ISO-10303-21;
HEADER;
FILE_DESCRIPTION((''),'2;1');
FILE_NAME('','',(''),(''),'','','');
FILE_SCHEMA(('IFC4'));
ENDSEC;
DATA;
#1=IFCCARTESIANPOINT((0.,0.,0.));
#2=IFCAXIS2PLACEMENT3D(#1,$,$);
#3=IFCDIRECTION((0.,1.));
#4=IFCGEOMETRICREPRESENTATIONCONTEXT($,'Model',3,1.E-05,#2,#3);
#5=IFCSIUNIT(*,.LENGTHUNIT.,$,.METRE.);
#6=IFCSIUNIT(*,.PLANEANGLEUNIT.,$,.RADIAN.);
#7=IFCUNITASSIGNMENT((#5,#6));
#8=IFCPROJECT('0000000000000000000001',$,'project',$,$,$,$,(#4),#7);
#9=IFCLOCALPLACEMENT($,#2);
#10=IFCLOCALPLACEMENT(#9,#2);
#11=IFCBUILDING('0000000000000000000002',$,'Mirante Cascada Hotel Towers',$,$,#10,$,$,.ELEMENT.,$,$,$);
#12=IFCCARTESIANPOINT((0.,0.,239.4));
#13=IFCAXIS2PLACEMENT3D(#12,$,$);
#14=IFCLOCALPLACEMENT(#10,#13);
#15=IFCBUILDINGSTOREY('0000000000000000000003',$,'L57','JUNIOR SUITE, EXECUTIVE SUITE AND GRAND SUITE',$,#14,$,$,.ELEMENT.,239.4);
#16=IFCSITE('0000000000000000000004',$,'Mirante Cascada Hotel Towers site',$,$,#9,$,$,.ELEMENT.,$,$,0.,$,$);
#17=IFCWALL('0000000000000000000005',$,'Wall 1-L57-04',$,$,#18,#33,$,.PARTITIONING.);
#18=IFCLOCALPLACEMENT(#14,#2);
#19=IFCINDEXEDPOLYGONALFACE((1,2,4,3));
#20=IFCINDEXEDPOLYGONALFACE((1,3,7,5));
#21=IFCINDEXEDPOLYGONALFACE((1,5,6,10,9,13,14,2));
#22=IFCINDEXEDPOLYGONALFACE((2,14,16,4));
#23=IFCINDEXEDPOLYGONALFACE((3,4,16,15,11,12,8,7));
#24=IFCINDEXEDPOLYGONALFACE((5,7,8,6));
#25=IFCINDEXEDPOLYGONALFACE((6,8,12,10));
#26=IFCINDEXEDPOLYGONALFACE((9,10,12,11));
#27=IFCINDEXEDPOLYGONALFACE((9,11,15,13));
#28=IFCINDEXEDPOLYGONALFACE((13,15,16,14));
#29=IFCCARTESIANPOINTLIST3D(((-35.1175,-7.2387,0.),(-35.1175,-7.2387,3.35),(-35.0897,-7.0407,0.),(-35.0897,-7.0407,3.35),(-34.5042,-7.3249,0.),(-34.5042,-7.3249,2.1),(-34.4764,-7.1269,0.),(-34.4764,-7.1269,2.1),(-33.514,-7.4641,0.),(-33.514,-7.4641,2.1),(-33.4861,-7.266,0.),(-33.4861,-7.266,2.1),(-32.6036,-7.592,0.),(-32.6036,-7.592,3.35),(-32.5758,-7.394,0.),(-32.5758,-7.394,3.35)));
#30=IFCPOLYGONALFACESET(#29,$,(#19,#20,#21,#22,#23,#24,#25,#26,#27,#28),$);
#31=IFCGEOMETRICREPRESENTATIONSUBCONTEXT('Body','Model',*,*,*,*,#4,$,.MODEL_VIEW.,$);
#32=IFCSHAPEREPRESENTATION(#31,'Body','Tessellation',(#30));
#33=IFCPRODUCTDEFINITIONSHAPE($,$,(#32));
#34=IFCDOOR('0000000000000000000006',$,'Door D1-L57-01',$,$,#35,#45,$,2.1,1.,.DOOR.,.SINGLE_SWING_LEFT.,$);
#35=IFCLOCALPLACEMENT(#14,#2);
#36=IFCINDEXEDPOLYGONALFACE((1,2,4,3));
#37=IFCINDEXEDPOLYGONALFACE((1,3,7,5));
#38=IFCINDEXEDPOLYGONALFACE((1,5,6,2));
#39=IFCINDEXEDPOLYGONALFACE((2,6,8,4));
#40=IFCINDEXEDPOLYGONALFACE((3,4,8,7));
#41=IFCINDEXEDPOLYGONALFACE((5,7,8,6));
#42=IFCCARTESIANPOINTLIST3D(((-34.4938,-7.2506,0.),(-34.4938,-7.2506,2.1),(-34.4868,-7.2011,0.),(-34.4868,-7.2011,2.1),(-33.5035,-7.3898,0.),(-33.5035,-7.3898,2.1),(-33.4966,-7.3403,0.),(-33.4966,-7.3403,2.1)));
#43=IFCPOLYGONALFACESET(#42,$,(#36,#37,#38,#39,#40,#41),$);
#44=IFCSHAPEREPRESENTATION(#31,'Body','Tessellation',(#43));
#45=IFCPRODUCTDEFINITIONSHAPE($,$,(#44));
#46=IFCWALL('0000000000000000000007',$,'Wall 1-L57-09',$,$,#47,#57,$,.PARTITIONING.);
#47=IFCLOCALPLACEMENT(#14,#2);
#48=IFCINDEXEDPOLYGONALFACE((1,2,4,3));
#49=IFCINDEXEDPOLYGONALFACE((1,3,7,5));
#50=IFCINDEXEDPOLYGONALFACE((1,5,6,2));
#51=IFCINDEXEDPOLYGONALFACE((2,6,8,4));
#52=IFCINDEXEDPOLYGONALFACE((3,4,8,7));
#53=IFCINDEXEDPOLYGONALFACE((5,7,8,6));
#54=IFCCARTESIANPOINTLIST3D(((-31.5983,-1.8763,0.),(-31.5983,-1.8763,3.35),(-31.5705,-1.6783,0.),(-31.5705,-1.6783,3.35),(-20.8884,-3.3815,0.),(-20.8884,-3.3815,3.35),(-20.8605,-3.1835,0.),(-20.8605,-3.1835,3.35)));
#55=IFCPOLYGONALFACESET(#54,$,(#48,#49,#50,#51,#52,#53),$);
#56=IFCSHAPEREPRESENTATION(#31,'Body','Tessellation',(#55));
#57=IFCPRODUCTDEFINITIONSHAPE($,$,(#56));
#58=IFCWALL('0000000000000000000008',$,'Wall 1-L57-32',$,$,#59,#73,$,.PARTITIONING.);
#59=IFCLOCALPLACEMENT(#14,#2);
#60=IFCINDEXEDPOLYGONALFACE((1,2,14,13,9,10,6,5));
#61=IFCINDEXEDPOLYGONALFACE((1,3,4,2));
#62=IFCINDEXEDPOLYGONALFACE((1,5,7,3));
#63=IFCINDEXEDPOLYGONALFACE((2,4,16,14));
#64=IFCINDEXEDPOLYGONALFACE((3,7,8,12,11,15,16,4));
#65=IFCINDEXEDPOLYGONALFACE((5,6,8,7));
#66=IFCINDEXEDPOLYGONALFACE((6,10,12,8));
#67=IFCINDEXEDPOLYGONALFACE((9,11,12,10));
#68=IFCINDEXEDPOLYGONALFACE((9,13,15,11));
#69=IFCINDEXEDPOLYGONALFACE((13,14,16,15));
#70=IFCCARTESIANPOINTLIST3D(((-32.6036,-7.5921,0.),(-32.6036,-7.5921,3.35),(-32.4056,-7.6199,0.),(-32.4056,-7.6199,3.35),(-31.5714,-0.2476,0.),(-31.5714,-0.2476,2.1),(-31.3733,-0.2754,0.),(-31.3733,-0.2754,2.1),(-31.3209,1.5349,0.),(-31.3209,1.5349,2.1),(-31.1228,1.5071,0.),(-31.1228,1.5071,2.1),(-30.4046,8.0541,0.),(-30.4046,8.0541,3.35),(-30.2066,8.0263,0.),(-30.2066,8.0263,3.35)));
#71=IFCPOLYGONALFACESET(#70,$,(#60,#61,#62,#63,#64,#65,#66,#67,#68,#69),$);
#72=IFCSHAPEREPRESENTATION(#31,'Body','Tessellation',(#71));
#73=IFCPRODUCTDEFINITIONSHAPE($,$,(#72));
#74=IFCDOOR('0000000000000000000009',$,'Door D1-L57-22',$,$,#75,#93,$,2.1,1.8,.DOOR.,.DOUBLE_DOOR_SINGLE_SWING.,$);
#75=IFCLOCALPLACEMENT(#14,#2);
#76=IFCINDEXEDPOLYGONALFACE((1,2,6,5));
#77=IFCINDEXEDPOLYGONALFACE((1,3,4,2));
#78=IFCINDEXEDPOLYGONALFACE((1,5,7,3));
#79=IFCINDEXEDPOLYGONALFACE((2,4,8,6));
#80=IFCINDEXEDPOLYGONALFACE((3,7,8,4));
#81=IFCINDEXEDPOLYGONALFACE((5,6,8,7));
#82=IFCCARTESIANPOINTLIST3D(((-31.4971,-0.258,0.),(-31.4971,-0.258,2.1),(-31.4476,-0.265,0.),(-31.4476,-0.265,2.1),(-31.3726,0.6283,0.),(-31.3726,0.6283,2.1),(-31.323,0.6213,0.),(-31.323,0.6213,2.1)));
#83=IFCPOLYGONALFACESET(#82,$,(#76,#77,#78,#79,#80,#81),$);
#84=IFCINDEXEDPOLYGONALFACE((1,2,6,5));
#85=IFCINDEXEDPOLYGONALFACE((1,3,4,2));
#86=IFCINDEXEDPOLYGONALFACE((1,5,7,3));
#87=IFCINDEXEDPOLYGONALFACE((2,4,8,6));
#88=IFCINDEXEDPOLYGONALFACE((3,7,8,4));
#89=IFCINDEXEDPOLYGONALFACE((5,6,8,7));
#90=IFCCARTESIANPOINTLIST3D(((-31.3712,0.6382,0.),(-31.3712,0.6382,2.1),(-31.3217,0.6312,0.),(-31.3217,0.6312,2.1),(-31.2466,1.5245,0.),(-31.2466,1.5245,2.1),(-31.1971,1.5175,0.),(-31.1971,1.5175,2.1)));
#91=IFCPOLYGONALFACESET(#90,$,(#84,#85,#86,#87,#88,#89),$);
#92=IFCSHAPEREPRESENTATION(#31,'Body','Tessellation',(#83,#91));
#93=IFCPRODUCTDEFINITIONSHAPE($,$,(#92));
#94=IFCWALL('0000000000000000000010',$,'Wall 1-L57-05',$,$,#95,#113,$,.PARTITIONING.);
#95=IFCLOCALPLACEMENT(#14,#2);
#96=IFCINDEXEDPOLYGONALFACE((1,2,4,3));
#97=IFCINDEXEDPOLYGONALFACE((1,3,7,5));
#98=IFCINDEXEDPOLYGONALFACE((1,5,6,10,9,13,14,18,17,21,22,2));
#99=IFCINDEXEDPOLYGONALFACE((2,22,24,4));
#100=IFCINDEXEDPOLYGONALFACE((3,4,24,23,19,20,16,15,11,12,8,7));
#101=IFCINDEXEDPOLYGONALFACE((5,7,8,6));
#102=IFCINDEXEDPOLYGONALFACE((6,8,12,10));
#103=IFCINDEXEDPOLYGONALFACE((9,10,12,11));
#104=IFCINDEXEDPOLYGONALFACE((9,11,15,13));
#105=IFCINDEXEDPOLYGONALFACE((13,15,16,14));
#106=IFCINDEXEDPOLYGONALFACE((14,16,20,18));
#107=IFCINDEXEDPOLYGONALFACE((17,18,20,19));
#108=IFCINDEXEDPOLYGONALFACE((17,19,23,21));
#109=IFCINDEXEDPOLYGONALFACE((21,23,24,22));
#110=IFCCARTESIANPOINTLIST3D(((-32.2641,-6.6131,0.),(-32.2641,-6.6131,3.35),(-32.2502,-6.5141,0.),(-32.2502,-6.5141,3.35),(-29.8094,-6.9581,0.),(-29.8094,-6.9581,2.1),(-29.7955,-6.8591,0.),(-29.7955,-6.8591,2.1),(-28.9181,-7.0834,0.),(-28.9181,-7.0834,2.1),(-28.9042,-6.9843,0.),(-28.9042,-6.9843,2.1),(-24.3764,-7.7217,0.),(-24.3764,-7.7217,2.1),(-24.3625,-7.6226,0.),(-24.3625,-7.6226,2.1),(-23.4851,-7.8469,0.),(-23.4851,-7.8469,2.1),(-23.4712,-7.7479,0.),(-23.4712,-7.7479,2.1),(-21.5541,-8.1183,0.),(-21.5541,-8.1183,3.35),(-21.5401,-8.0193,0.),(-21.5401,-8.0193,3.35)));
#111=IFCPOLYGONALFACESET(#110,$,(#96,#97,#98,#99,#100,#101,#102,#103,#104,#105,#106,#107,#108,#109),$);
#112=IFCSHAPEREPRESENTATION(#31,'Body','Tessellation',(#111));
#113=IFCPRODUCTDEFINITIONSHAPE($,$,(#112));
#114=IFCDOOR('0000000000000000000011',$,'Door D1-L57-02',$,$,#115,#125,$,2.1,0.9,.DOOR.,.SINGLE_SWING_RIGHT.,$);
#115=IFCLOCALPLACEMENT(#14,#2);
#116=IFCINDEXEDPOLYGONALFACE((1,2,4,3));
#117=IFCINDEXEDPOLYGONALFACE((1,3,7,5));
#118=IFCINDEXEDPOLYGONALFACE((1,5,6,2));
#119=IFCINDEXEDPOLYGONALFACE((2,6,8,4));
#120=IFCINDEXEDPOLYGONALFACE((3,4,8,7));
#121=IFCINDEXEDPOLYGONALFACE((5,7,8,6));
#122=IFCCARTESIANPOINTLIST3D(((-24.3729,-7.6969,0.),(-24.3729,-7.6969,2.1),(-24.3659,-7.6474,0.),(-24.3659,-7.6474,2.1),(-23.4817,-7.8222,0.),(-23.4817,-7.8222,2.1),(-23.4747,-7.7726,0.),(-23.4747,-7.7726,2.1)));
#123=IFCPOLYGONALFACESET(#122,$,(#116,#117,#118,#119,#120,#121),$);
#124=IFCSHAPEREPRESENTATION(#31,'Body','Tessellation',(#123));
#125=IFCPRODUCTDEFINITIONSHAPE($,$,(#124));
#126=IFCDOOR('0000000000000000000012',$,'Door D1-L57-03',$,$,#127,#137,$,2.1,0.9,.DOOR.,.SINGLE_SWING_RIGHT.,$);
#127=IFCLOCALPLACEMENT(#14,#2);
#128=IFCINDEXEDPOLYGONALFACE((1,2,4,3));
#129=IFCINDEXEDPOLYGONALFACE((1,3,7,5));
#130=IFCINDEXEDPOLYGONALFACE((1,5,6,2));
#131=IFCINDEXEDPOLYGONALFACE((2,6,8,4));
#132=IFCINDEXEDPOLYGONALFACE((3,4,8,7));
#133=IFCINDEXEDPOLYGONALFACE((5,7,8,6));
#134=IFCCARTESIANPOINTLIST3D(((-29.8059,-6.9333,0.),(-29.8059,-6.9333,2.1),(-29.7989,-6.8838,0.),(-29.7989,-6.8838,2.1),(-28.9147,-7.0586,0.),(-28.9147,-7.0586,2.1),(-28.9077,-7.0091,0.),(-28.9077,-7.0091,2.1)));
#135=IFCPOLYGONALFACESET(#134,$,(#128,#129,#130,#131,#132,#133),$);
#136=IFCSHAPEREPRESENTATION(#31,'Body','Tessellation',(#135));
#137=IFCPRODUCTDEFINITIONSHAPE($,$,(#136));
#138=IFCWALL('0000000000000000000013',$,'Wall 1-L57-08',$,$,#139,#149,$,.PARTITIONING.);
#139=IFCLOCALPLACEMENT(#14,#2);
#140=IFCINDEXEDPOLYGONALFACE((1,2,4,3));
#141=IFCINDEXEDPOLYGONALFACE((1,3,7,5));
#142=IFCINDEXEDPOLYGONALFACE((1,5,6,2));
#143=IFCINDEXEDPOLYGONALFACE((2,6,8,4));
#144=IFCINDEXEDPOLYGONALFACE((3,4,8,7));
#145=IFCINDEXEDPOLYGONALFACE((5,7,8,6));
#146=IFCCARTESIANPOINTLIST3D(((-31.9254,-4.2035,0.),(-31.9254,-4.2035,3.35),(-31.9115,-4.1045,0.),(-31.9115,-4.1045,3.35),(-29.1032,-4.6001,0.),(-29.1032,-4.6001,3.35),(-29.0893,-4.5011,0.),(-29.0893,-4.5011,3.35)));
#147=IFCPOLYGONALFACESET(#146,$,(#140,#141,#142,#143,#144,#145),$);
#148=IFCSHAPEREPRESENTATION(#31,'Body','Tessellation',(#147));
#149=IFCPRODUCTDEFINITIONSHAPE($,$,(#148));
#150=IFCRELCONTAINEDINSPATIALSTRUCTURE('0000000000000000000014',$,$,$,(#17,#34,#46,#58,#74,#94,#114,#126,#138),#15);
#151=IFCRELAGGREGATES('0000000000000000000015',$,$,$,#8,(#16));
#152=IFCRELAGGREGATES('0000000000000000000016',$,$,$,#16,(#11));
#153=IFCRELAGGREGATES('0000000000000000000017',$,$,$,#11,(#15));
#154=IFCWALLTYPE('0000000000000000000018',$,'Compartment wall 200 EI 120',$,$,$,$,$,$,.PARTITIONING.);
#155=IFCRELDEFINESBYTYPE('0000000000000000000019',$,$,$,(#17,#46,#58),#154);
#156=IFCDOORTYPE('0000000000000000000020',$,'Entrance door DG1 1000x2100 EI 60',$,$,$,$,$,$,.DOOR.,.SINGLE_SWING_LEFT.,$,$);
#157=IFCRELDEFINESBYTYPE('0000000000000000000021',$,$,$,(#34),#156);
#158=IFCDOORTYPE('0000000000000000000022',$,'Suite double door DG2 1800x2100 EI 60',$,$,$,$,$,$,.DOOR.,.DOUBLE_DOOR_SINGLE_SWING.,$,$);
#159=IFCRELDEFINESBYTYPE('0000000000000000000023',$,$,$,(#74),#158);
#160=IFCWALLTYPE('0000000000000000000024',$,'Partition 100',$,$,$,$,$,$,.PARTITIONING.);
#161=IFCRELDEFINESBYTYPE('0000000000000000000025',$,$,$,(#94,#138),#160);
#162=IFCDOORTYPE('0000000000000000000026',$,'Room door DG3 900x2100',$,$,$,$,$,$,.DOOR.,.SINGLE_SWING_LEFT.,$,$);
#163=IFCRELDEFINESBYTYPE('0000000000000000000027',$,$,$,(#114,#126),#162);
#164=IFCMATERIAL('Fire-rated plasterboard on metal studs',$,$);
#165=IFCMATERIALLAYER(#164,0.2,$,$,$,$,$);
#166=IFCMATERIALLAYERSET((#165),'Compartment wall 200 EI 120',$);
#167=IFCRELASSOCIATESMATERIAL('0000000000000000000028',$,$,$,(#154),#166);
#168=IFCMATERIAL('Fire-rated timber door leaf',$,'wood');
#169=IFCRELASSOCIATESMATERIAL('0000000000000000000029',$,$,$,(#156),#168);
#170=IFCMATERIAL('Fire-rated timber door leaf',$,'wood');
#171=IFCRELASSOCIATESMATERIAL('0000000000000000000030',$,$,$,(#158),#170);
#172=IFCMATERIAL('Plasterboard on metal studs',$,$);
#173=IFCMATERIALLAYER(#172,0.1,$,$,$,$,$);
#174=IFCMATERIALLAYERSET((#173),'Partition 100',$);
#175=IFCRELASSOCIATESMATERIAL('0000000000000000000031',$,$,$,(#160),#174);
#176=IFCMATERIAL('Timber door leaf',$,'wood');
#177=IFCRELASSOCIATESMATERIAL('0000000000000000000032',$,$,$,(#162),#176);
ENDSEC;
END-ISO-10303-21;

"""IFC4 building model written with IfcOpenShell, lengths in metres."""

from ifc_helpers import new_model, si_unit, direction, frame, frame_2d, origin, place, context, subcontext, project, spatial, rectangle, extrude, material, layer, layer_set, type_object, element, fill, save


model = new_model("IFC4")

# Units and contexts
model_context = context("Model", 3, precision=1e-05, world=origin(), true_north=direction((0.0, 1.0)))
body_context = subcontext(model_context, "Body", "Model", "MODEL_VIEW")
ifc_project = project(units=[si_unit("LENGTHUNIT", "METRE"), si_unit("PLANEANGLEUNIT", "RADIAN")], contexts=[model_context])

# Site, building, storey
site_placement = place(None, origin())
site = spatial("IfcSite", under=ifc_project, at=site_placement, Name="Mirante Cascada Hotel Towers site", CompositionType="ELEMENT", RefElevation=0.0)
building_placement = place(site_placement, origin())
building = spatial("IfcBuilding", under=site, at=building_placement, Name="Mirante Cascada Hotel Towers", CompositionType="ELEMENT")
storey_placement = place(building_placement, frame((0.0, 0.0, 239.4)))
storey = spatial("IfcBuildingStorey", under=building, at=storey_placement, Name="L57", Description="JUNIOR SUITE, EXECUTIVE SUITE AND GRAND SUITE", CompositionType="ELEMENT", Elevation=239.4)

# Wall, opening, door
ifc_material_1 = material(Name="Fire-rated plasterboard on metal studs")
ifc_layer_1 = layer(ifc_material_1, 0.2)
ifc_layer_set_1 = layer_set([ifc_layer_1], Name="Compartment wall 200 EI 120")
wall_type_1 = type_object("IfcWallType", Name="Compartment wall 200 EI 120", PredefinedType="PARTITIONING", material=ifc_layer_set_1)
wall_1_placement = place(storey_placement, frame((-32.5897, -7.493, 0.0), z_axis=(0.0, 0.0, 1.0), x_axis=(-0.990268, 0.139171, 0.0)))
wall_1 = element("IfcWall", 1, at=wall_1_placement, inside=storey, type_object=wall_type_1, Name="Wall 1-L57-04", PredefinedType="PARTITIONING", context=body_context, shape_type="SweptSolid", body=[
    extrude(rectangle(XDim=2.5386, YDim=0.2, at=frame_2d((1.2693, 0.0))), origin(), (0.0, 0.0, 1.0), 3.35),
])
opening_1_placement = place(wall_1_placement, frame((0.9193, 0.0, 0.0)))
opening_1 = element("IfcOpeningElement", 2, at=opening_1_placement, cuts=wall_1, PredefinedType="OPENING", context=body_context, shape_type="SweptSolid", body=[
    extrude(rectangle(XDim=1.0, YDim=2.1, at=frame_2d((0.5, 1.05))), frame((0.0, 0.1, 0.0), z_axis=(0.0, -1.0, 0.0), x_axis=(1.0, 0.0, 0.0)), (0.0, 0.0, 1.0), 0.2),
])
ifc_material_2 = material(Name="Fire-rated timber door leaf", Category="wood")
door_type_1 = type_object("IfcDoorType", Name="Entrance door DG1 1000x2100 EI 60", OperationType="SINGLE_SWING_LEFT", PredefinedType="DOOR", material=ifc_material_2)
door_1_placement = place(opening_1_placement, origin())
door_1 = element("IfcDoor", 3, at=door_1_placement, inside=storey, type_object=door_type_1, Name="Door D1-L57-01", OperationType="SINGLE_SWING_LEFT", OverallHeight=2.1, OverallWidth=1.0, PredefinedType="DOOR", context=body_context, shape_type="SweptSolid", body=[
    extrude(rectangle(XDim=1.0, YDim=2.1, at=frame_2d((0.5, 1.05))), frame((0.0, 0.025, 0.0), z_axis=(0.0, -1.0, 0.0), x_axis=(1.0, 0.0, 0.0)), (0.0, 0.0, 1.0), 0.05),
])
fill(opening_1, door_1)

# Wall
wall_2_placement = place(storey_placement, frame((-31.5844, -1.7773, 0.0), z_axis=(0.0, 0.0, 1.0), x_axis=(0.990268, -0.139175, 0.0)))
element("IfcWall", 4, at=wall_2_placement, inside=storey, type_object=wall_type_1, Name="Wall 1-L57-09", PredefinedType="PARTITIONING", context=body_context, shape_type="SweptSolid", body=[
    extrude(rectangle(XDim=10.8152, YDim=0.2, at=frame_2d((5.4076, 0.0))), origin(), (0.0, 0.0, 1.0), 3.35),
])

# Wall, opening, door
wall_3_placement = place(storey_placement, frame((-32.5046, -7.606, 0.0), z_axis=(0.0, 0.0, 1.0), x_axis=(0.139177, 0.990267, 0.0)))
wall_3 = element("IfcWall", 5, at=wall_3_placement, inside=storey, type_object=wall_type_1, Name="Wall 1-L57-32", PredefinedType="PARTITIONING", context=body_context, shape_type="SweptSolid", body=[
    extrude(rectangle(XDim=15.8, YDim=0.2, at=frame_2d((7.9, 0.0))), origin(), (0.0, 0.0, 1.0), 3.35),
])
opening_2_placement = place(wall_3_placement, frame((7.4167, 0.0, 0.0)))
opening_2 = element("IfcOpeningElement", 6, at=opening_2_placement, cuts=wall_3, PredefinedType="OPENING", context=body_context, shape_type="SweptSolid", body=[
    extrude(rectangle(XDim=1.8, YDim=2.1, at=frame_2d((0.9, 1.05))), frame((0.0, 0.1, 0.0), z_axis=(0.0, -1.0, 0.0), x_axis=(1.0, 0.0, 0.0)), (0.0, 0.0, 1.0), 0.2),
])
ifc_material_3 = material(Name="Fire-rated timber door leaf", Category="wood")
door_type_2 = type_object("IfcDoorType", Name="Suite double door DG2 1800x2100 EI 60", OperationType="DOUBLE_DOOR_SINGLE_SWING", PredefinedType="DOOR", material=ifc_material_3)
door_2_placement = place(opening_2_placement, origin())
door_2 = element("IfcDoor", 7, at=door_2_placement, inside=storey, type_object=door_type_2, Name="Door D1-L57-22", OperationType="DOUBLE_DOOR_SINGLE_SWING", OverallHeight=2.1, OverallWidth=1.8, PredefinedType="DOOR", context=body_context, shape_type="SweptSolid", body=[
    extrude(rectangle(XDim=0.895, YDim=2.1, at=frame_2d((0.4475, 1.05))), frame((0.0, 0.025, 0.0), z_axis=(0.0, -1.0, 0.0), x_axis=(1.0, 0.0, 0.0)), (0.0, 0.0, 1.0), 0.05),
    extrude(rectangle(XDim=0.895, YDim=2.1, at=frame_2d((1.3525, 1.05))), frame((0.0, 0.025, 0.0), z_axis=(0.0, -1.0, 0.0), x_axis=(1.0, 0.0, 0.0)), (0.0, 0.0, 1.0), 0.05),
])
fill(opening_2, door_2)

# Wall, openings, doors
ifc_material_4 = material(Name="Plasterboard on metal studs")
ifc_layer_2 = layer(ifc_material_4, 0.1)
ifc_layer_set_2 = layer_set([ifc_layer_2], Name="Partition 100")
wall_type_2 = type_object("IfcWallType", Name="Partition 100", PredefinedType="PARTITIONING", material=ifc_layer_set_2)
wall_4_placement = place(storey_placement, frame((-32.2571, -6.5636, 0.0), z_axis=(0.0, 0.0, 1.0), x_axis=(0.990268, -0.139174, 0.0)))
wall_4 = element("IfcWall", 8, at=wall_4_placement, inside=storey, type_object=wall_type_2, Name="Wall 1-L57-05", PredefinedType="PARTITIONING", context=body_context, shape_type="SweptSolid", body=[
    extrude(rectangle(XDim=10.8153, YDim=0.1, at=frame_2d((5.4076, 0.0))), origin(), (0.0, 0.0, 1.0), 3.35),
])
opening_3_placement = place(wall_4_placement, frame((7.9652, 0.0, 0.0)))
opening_3 = element("IfcOpeningElement", 9, at=opening_3_placement, cuts=wall_4, PredefinedType="OPENING", context=body_context, shape_type="SweptSolid", body=[
    extrude(rectangle(XDim=0.9, YDim=2.1, at=frame_2d((0.45, 1.05))), frame((0.0, 0.05, 0.0), z_axis=(0.0, -1.0, 0.0), x_axis=(1.0, 0.0, 0.0)), (0.0, 0.0, 1.0), 0.1),
])
opening_4_placement = place(wall_4_placement, frame((2.4788, 0.0, 0.0)))
opening_4 = element("IfcOpeningElement", 10, at=opening_4_placement, cuts=wall_4, PredefinedType="OPENING", context=body_context, shape_type="SweptSolid", body=[
    extrude(rectangle(XDim=0.9, YDim=2.1, at=frame_2d((0.45, 1.05))), frame((0.0, 0.05, 0.0), z_axis=(0.0, -1.0, 0.0), x_axis=(1.0, 0.0, 0.0)), (0.0, 0.0, 1.0), 0.1),
])
ifc_material_5 = material(Name="Timber door leaf", Category="wood")
door_type_3 = type_object("IfcDoorType", Name="Room door DG3 900x2100", OperationType="SINGLE_SWING_LEFT", PredefinedType="DOOR", material=ifc_material_5)
door_3_placement = place(opening_3_placement, frame((0.9, 0.0, 0.0), z_axis=(0.0, 0.0, 1.0), x_axis=(-1.0, 0.0, 0.0)))
door_3 = element("IfcDoor", 11, at=door_3_placement, inside=storey, type_object=door_type_3, Name="Door D1-L57-02", OperationType="SINGLE_SWING_RIGHT", OverallHeight=2.1, OverallWidth=0.9, PredefinedType="DOOR", context=body_context, shape_type="SweptSolid", body=[
    extrude(rectangle(XDim=0.9, YDim=2.1, at=frame_2d((0.45, 1.05))), frame((0.0, 0.025, 0.0), z_axis=(0.0, -1.0, 0.0), x_axis=(1.0, 0.0, 0.0)), (0.0, 0.0, 1.0), 0.05),
])
fill(opening_3, door_3)
door_4_placement = place(opening_4_placement, frame((0.9, 0.0, 0.0), z_axis=(0.0, 0.0, 1.0), x_axis=(-1.0, 0.0, 0.0)))
door_4 = element("IfcDoor", 12, at=door_4_placement, inside=storey, type_object=door_type_3, Name="Door D1-L57-03", OperationType="SINGLE_SWING_RIGHT", OverallHeight=2.1, OverallWidth=0.9, PredefinedType="DOOR", context=body_context, shape_type="SweptSolid", body=[
    extrude(rectangle(XDim=0.9, YDim=2.1, at=frame_2d((0.45, 1.05))), frame((0.0, 0.025, 0.0), z_axis=(0.0, -1.0, 0.0), x_axis=(1.0, 0.0, 0.0)), (0.0, 0.0, 1.0), 0.05),
])
fill(opening_4, door_4)

# Wall
wall_5_placement = place(storey_placement, frame((-29.0962, -4.5506, 0.0), z_axis=(0.0, 0.0, 1.0), x_axis=(-0.99027, 0.139161, 0.0)))
element("IfcWall", 13, at=wall_5_placement, inside=storey, type_object=wall_type_2, Name="Wall 1-L57-08", PredefinedType="PARTITIONING", context=body_context, shape_type="SweptSolid", body=[
    extrude(rectangle(XDim=2.8499, YDim=0.1, at=frame_2d((1.425, 0.0))), origin(), (0.0, 0.0, 1.0), 3.35),
])

save(model, "model.ifc")
